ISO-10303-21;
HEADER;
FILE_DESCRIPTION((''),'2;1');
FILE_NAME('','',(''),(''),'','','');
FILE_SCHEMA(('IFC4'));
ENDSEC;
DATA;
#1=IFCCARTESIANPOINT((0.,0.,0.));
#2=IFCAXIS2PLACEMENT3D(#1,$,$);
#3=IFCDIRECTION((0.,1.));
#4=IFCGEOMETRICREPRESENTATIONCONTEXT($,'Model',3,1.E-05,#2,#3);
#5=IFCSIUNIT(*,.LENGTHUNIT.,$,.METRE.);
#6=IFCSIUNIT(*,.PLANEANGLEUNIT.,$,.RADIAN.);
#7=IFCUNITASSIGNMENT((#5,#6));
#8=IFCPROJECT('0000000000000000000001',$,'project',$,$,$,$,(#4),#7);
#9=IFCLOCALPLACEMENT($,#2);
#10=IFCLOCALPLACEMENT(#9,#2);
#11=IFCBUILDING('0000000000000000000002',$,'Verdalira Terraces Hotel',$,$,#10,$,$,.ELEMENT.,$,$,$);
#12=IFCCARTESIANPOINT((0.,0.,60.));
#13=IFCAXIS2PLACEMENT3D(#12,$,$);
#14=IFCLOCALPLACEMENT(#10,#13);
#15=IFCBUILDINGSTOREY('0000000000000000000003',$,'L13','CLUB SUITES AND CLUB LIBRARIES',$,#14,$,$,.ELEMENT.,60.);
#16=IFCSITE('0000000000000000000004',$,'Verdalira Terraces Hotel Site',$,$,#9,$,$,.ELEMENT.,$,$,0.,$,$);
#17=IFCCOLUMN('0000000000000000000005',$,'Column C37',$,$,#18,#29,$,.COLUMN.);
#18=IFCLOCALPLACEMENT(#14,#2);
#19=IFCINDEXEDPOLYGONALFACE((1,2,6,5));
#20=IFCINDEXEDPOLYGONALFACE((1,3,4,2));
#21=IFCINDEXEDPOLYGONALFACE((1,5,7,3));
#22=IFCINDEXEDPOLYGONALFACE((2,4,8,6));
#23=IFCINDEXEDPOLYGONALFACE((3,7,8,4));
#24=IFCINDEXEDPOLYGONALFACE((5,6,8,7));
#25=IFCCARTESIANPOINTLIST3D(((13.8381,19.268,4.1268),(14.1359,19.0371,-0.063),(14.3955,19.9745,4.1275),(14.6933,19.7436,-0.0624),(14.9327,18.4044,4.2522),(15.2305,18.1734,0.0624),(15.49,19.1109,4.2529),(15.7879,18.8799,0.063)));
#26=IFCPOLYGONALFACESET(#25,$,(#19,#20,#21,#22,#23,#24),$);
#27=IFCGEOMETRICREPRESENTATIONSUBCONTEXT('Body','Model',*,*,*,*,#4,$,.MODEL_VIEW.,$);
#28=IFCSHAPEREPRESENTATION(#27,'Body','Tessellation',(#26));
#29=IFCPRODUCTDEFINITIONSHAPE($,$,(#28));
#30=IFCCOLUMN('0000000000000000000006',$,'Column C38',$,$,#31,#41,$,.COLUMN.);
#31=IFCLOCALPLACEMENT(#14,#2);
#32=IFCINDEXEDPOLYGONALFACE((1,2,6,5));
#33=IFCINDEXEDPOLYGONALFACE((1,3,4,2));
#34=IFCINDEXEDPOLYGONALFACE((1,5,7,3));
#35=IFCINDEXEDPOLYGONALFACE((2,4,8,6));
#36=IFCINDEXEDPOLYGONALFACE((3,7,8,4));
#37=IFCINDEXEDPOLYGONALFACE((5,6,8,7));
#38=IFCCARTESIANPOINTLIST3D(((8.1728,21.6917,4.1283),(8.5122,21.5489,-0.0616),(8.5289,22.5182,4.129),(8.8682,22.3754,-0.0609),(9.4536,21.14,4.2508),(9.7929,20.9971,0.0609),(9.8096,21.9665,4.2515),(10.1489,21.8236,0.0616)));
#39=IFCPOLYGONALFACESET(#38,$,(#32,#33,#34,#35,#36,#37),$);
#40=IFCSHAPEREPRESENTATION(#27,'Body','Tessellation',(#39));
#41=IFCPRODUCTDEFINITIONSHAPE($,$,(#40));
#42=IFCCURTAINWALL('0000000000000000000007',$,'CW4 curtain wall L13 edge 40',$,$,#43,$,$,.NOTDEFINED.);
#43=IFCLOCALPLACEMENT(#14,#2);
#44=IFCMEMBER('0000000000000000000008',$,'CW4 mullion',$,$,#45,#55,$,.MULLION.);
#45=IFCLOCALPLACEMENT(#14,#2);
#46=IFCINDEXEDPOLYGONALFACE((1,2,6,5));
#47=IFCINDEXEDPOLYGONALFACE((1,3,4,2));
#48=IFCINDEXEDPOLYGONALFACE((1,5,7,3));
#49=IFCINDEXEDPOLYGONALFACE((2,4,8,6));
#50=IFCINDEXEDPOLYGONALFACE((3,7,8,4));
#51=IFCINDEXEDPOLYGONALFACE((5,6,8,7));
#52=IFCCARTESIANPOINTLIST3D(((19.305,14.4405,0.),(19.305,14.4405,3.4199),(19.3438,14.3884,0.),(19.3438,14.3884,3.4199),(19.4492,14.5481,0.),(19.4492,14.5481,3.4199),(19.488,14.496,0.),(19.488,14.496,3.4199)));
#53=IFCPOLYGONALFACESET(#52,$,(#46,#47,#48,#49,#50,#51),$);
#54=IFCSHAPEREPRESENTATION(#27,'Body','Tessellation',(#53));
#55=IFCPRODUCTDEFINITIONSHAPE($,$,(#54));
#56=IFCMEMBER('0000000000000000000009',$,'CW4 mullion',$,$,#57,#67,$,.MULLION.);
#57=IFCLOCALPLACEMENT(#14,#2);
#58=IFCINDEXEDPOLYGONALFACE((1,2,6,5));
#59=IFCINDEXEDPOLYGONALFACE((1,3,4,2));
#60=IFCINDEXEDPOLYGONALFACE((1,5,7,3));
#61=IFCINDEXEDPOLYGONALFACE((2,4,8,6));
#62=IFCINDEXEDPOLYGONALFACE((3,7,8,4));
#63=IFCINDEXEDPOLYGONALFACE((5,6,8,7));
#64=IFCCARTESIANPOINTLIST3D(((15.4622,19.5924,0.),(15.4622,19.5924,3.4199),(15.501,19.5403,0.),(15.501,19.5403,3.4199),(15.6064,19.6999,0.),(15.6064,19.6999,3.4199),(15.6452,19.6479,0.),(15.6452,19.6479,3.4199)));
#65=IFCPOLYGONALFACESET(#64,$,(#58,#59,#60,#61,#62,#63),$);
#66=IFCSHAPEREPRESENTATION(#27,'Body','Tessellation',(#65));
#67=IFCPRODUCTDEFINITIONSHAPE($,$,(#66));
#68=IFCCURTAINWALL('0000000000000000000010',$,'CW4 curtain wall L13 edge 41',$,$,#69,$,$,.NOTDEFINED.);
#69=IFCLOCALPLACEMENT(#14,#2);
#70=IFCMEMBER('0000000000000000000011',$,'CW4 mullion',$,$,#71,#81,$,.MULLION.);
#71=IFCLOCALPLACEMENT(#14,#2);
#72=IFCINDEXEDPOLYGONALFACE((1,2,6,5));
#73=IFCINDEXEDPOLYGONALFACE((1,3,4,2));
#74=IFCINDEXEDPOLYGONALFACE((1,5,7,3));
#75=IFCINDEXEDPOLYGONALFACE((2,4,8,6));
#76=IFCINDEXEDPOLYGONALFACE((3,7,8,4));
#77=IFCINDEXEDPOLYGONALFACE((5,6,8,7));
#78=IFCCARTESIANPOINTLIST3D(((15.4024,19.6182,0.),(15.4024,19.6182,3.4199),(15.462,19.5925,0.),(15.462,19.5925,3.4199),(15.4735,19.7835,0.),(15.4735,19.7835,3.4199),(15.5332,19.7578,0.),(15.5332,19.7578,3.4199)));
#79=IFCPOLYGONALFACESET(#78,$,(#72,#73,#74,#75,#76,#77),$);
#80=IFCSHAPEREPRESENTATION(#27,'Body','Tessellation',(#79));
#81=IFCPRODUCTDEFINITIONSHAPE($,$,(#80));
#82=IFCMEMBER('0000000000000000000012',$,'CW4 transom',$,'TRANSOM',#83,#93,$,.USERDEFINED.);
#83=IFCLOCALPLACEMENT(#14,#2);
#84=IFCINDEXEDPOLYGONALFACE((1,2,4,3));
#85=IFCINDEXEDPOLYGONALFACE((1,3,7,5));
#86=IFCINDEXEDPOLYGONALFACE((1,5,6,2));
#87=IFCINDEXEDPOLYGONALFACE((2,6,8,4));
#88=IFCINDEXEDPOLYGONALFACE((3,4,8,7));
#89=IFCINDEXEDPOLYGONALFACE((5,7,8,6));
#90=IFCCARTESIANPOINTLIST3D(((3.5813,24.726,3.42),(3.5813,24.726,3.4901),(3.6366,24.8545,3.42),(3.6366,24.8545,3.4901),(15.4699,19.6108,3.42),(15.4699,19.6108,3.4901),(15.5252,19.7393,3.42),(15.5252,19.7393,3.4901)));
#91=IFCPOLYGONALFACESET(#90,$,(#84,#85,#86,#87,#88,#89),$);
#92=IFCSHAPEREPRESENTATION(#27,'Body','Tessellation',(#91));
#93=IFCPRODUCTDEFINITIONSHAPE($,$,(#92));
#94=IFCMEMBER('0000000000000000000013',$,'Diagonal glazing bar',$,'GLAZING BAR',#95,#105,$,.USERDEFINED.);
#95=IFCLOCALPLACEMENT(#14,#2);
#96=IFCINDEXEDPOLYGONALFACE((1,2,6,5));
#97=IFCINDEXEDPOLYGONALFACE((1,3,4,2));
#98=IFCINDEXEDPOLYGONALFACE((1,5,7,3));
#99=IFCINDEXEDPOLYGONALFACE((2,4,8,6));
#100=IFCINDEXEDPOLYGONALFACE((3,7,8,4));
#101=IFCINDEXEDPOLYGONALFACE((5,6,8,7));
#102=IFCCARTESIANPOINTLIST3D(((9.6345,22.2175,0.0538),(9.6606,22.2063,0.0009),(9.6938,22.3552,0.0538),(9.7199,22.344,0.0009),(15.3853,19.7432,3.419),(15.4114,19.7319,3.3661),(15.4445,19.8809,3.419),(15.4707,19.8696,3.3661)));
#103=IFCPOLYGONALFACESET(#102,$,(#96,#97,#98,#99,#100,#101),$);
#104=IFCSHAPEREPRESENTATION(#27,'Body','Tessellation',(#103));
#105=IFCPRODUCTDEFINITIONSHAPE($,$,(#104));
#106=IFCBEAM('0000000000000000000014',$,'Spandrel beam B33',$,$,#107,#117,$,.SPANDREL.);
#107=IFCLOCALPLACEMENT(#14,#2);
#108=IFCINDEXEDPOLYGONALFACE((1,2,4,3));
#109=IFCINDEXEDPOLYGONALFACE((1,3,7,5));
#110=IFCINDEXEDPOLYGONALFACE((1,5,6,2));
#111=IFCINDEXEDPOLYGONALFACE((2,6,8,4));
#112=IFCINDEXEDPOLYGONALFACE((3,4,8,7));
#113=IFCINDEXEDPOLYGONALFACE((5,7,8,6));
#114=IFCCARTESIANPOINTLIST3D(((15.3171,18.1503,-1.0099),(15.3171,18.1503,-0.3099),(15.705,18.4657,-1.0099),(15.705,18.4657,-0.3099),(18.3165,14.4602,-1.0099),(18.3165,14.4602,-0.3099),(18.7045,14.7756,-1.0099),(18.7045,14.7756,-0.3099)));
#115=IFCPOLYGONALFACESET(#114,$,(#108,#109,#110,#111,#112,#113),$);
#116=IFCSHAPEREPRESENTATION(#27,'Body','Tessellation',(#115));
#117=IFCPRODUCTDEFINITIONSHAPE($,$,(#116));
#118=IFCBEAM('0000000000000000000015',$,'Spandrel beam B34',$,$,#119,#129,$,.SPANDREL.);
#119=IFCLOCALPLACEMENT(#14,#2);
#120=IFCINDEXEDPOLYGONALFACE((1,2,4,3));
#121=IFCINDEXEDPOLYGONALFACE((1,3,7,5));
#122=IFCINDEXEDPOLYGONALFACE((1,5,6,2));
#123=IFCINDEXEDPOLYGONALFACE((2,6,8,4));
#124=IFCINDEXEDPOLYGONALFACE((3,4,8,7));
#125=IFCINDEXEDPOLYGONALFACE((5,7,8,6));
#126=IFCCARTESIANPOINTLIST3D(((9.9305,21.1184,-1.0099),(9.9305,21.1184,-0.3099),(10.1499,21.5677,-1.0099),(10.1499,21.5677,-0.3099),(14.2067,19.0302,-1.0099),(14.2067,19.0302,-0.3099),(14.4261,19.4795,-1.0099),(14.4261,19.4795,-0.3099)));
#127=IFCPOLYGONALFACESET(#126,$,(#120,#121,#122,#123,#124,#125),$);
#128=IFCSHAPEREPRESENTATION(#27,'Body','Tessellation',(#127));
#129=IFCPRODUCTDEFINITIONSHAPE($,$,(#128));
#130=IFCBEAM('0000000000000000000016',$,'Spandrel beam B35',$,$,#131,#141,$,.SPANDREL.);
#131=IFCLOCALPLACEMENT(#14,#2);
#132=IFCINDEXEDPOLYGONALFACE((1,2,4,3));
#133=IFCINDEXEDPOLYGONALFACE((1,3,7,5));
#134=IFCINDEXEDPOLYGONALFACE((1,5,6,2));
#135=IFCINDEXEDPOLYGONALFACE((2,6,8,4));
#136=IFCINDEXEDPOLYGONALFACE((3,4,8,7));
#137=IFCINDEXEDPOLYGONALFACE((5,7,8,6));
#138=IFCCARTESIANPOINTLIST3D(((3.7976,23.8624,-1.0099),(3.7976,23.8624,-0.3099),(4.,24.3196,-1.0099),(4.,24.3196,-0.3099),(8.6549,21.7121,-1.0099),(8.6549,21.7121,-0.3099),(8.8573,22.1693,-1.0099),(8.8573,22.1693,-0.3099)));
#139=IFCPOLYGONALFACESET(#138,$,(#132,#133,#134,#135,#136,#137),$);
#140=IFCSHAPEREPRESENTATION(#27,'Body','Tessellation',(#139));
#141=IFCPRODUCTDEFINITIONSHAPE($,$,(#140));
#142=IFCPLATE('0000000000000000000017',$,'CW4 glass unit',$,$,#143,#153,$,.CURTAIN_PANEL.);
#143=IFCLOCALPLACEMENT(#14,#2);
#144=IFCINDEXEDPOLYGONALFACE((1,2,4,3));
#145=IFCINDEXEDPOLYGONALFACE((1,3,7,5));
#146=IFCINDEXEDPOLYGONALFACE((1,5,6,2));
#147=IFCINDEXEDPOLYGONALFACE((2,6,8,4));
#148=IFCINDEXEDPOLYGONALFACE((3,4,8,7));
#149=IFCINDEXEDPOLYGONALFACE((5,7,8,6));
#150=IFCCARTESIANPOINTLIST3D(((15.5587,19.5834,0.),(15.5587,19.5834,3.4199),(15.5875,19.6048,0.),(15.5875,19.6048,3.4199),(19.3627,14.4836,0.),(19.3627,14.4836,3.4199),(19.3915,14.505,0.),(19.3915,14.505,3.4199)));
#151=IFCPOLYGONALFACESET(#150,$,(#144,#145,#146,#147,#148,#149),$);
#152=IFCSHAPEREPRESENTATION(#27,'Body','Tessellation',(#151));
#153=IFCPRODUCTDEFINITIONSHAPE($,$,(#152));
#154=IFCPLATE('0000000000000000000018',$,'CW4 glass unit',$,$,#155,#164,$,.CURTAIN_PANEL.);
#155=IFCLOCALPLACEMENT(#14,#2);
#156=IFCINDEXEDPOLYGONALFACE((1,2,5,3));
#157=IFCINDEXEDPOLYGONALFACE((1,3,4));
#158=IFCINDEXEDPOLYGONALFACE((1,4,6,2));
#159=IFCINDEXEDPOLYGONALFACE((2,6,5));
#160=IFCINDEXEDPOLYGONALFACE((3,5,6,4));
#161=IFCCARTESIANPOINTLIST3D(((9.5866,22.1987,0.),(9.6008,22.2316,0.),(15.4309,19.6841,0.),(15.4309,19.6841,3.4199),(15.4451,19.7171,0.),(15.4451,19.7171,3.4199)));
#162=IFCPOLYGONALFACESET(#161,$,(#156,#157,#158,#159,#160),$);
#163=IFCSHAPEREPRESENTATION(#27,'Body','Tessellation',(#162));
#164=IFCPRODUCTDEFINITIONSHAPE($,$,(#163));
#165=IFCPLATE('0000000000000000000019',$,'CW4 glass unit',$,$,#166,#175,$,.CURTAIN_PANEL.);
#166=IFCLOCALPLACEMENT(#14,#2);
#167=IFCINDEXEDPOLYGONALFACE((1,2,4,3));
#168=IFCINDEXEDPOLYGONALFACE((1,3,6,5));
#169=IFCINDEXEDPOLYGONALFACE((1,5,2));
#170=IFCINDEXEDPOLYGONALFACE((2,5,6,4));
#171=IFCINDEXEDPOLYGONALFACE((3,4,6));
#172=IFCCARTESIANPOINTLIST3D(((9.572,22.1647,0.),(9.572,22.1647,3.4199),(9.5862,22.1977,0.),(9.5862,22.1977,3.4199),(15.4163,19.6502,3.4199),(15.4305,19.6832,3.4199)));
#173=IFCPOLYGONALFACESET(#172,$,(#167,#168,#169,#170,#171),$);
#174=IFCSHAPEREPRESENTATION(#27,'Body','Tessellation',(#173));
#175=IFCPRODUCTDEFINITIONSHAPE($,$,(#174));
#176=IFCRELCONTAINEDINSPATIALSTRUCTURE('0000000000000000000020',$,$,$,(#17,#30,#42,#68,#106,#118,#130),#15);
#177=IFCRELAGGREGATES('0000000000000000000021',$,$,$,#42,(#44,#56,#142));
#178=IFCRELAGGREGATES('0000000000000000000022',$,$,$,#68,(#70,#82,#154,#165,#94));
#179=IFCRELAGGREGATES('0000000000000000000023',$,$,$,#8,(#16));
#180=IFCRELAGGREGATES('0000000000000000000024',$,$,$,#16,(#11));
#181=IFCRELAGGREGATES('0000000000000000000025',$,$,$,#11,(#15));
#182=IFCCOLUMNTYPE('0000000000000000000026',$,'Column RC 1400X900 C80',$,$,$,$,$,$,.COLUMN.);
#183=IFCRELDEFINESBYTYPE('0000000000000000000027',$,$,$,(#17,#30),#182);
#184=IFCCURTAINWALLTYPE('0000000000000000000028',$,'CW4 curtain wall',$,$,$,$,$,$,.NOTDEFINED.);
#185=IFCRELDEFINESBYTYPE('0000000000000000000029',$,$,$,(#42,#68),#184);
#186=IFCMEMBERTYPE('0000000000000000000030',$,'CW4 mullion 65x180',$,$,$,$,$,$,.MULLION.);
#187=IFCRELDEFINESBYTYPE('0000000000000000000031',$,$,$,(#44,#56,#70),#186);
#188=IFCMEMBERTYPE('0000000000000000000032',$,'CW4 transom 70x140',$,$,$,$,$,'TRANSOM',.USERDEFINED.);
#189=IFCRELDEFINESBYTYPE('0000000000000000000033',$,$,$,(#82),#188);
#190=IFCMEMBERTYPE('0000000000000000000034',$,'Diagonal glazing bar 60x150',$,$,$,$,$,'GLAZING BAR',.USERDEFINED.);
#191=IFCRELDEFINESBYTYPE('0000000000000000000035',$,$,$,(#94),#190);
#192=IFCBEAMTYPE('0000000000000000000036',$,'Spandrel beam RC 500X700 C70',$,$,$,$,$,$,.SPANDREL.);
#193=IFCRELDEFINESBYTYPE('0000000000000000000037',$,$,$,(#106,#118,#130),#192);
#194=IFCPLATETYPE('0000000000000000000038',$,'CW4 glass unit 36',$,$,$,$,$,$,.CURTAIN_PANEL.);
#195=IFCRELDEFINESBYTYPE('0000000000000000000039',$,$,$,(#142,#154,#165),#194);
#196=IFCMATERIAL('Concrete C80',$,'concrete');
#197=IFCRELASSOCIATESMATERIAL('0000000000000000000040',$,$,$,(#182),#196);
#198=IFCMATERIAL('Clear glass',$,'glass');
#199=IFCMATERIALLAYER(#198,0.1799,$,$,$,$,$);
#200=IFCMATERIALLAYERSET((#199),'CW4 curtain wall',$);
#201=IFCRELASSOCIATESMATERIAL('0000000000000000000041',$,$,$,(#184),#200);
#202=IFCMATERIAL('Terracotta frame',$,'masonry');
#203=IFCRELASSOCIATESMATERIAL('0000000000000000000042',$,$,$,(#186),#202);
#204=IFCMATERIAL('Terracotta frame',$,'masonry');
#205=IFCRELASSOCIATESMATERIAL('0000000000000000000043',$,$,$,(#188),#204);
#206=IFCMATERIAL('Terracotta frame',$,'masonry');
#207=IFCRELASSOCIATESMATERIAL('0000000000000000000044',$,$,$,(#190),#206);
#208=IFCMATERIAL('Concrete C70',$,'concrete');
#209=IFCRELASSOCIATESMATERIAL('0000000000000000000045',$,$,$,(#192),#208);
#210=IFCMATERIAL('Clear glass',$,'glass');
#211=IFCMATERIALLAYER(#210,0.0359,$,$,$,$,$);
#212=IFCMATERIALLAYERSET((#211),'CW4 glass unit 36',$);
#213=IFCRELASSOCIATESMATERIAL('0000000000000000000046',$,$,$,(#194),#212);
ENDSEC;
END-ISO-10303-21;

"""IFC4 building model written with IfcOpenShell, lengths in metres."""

from ifc_helpers import new_model, si_unit, direction, frame, origin, origin_2d, place, context, subcontext, project, spatial, polyline, rectangle, outline, extrude, material, layer, layer_set, material_profile, profile_set, type_object, element, aggregate, save


model = new_model("IFC4")

# Units and contexts
model_context = context("Model", 3, precision=1e-05, world=origin(), true_north=direction((0.0, 1.0)))
body_context = subcontext(model_context, "Body", "Model", "MODEL_VIEW")
ifc_project = project(units=[si_unit("LENGTHUNIT", "METRE"), si_unit("PLANEANGLEUNIT", "RADIAN")], contexts=[model_context])

# Site, building, storey
site_placement = place(None, origin())
site = spatial("IfcSite", under=ifc_project, at=site_placement, Name="Verdalira Terraces Hotel Site", CompositionType="ELEMENT", RefElevation=0.0)
building_placement = place(site_placement, origin())
building = spatial("IfcBuilding", under=site, at=building_placement, Name="Verdalira Terraces Hotel", CompositionType="ELEMENT")
storey_placement = place(building_placement, frame((0.0, 0.0, 60.0)))
storey = spatial("IfcBuildingStorey", under=building, at=storey_placement, Name="L13", Description="CLUB SUITES AND CLUB LIBRARIES", CompositionType="ELEMENT", Elevation=60.0)

# Columns
ifc_material_1 = material(Name="Concrete C80", Category="concrete")
ifc_material_profile_1 = material_profile(ifc_material_1, rectangle(XDim=1.3999, YDim=0.8999, at=origin_2d()), Name="RC 1400X900")
ifc_profile_set_1 = profile_set([ifc_material_profile_1], Name="Concrete C80")
column_type = type_object("IfcColumnType", Name="Column RC 1400X900 C80", PredefinedType="COLUMN", material=ifc_profile_set_1)
column_1_placement = place(storey_placement, frame((14.9619, 18.9585, 0.0), z_axis=(-0.070801, 0.0549, 0.995978), x_axis=(0.781899, -0.616935, 0.08959)))
element("IfcColumn", 1, at=column_1_placement, inside=storey, type_object=column_type, Name="Column C37", PredefinedType="COLUMN", context=body_context, shape_type="SweptSolid", body=[
    extrude(rectangle(XDim=1.3999, YDim=0.8999, at=origin_2d()), origin(), (0.0, 0.0, 1.0), 4.2068),
])
column_2_placement = place(storey_placement, frame((9.3306, 21.6863, 0.0), z_axis=(-0.080682, 0.033956, 0.996161), x_axis=(-0.914865, 0.394158, -0.087533)))
element("IfcColumn", 2, at=column_2_placement, inside=storey, type_object=column_type, Name="Column C38", PredefinedType="COLUMN", context=body_context, shape_type="SweptSolid", body=[
    extrude(rectangle(XDim=1.3999, YDim=0.8999, at=origin_2d()), origin(), (0.0, 0.0, 1.0), 4.2061),
])

# Curtain walls, members
ifc_material_2 = material(Name="Clear glass", Category="glass")
ifc_layer_1 = layer(ifc_material_2, 0.1799)
ifc_layer_set_1 = layer_set([ifc_layer_1], Name="CW4 curtain wall")
curtain_wall_type = type_object("IfcCurtainWallType", Name="CW4 curtain wall", PredefinedType="NOTDEFINED", material=ifc_layer_set_1)
curtain_wall_1_placement = place(storey_placement, origin())
curtain_wall_1 = element("IfcCurtainWall", 3, at=curtain_wall_1_placement, inside=storey, type_object=curtain_wall_type, Name="CW4 curtain wall L13 edge 40", PredefinedType="NOTDEFINED")
ifc_material_3 = material(Name="Terracotta frame", Category="masonry")
ifc_material_profile_2 = material_profile(ifc_material_3, rectangle(XDim=0.0649, YDim=0.1799, at=origin_2d()), Name="MU 65x180")
ifc_profile_set_2 = profile_set([ifc_material_profile_2], Name="Terracotta frame")
member_type_1 = type_object("IfcMemberType", Name="CW4 mullion 65x180", PredefinedType="MULLION", material=ifc_profile_set_2)
member_1_placement = place(storey_placement, frame((19.3965, 14.4683, 0.0), z_axis=(0.0, 0.0, 1.0), x_axis=(-0.597905, 0.801567, 0.0)))
member_1 = element("IfcMember", 4, at=member_1_placement, type_object=member_type_1, Name="CW4 mullion", PredefinedType="MULLION", context=body_context, shape_type="SweptSolid", body=[
    extrude(rectangle(XDim=0.0649, YDim=0.1799, at=origin_2d()), origin(), (0.0, 0.0, 1.0), 3.4199),
])
member_2_placement = place(storey_placement, frame((15.5537, 19.6201, 0.0), z_axis=(0.0, 0.0, 1.0), x_axis=(-0.597905, 0.801567, 0.0)))
member_2 = element("IfcMember", 5, at=member_2_placement, type_object=member_type_1, Name="CW4 mullion", PredefinedType="MULLION", context=body_context, shape_type="SweptSolid", body=[
    extrude(rectangle(XDim=0.0649, YDim=0.1799, at=origin_2d()), origin(), (0.0, 0.0, 1.0), 3.4199),
])
curtain_wall_2_placement = place(storey_placement, origin())
curtain_wall_2 = element("IfcCurtainWall", 6, at=curtain_wall_2_placement, inside=storey, type_object=curtain_wall_type, Name="CW4 curtain wall L13 edge 41", PredefinedType="NOTDEFINED")
member_3_placement = place(storey_placement, frame((15.4678, 19.688, 0.0), z_axis=(0.0, 0.0, 1.0), x_axis=(-0.918584, 0.395225, 0.0)))
member_3 = element("IfcMember", 7, at=member_3_placement, type_object=member_type_1, Name="CW4 mullion", PredefinedType="MULLION", context=body_context, shape_type="SweptSolid", body=[
    extrude(rectangle(XDim=0.0649, YDim=0.1799, at=origin_2d()), origin(), (0.0, 0.0, 1.0), 3.4199),
])
ifc_material_4 = material(Name="Terracotta frame", Category="masonry")
ifc_material_profile_3 = material_profile(ifc_material_4, rectangle(XDim=0.1399, YDim=0.0701, at=origin_2d()), Name="TR 70x140")
ifc_profile_set_3 = profile_set([ifc_material_profile_3], Name="Terracotta frame")
member_type_2 = type_object("IfcMemberType", Name="CW4 transom 70x140", ElementType="TRANSOM", PredefinedType="USERDEFINED", material=ifc_profile_set_3)
member_4_placement = place(storey_placement, frame((15.4976, 19.675, 3.4551), z_axis=(-0.918582, 0.39523, 0.0), x_axis=(-0.39523, -0.918582, 0.0)))
member_4 = element("IfcMember", 8, at=member_4_placement, type_object=member_type_2, Name="CW4 transom", ObjectType="TRANSOM", PredefinedType="USERDEFINED", context=body_context, shape_type="SweptSolid", body=[
    extrude(rectangle(XDim=0.1399, YDim=0.0701, at=origin_2d()), origin(), (0.0, 0.0, 1.0), 12.9424),
])
ifc_material_5 = material(Name="Terracotta frame", Category="masonry")
ifc_material_profile_4 = material_profile(ifc_material_5, rectangle(XDim=0.1499, YDim=0.0601, at=origin_2d()), Name="GB 60x150")
ifc_profile_set_4 = profile_set([ifc_material_profile_4], Name="Terracotta frame")
member_type_3 = type_object("IfcMemberType", Name="Diagonal glazing bar 60x150", ElementType="GLAZING BAR", PredefinedType="USERDEFINED", material=ifc_profile_set_4)
member_5_placement = place(storey_placement, frame((15.428, 19.8064, 3.3926), z_axis=(-0.809094, 0.348129, -0.473469), x_axis=(-0.395237, -0.918579, 0.0)))
member_5 = element("IfcMember", 9, at=member_5_placement, type_object=member_type_3, Name="Diagonal glazing bar", ObjectType="GLAZING BAR", PredefinedType="USERDEFINED", context=body_context, shape_type="SweptSolid", body=[
    extrude(rectangle(XDim=0.1499, YDim=0.0601, at=origin_2d()), origin(), (0.0, 0.0, 1.0), 7.1077),
])

# Beams
ifc_material_6 = material(Name="Concrete C70", Category="concrete")
ifc_material_profile_5 = material_profile(ifc_material_6, rectangle(XDim=0.5, YDim=0.7, at=origin_2d()), Name="RC 500X700")
ifc_profile_set_5 = profile_set([ifc_material_profile_5], Name="Concrete C70")
beam_type = type_object("IfcBeamType", Name="Spandrel beam RC 500X700 C70", PredefinedType="SPANDREL", material=ifc_profile_set_5)
beam_1_placement = place(storey_placement, frame((18.5105, 14.6179, -0.6599), z_axis=(-0.630749, 0.775987, 0.0), x_axis=(-0.775987, -0.630749, 0.0)))
element("IfcBeam", 10, at=beam_1_placement, inside=storey, type_object=beam_type, Name="Spandrel beam B33", PredefinedType="SPANDREL", context=body_context, shape_type="SweptSolid", body=[
    extrude(rectangle(XDim=0.5, YDim=0.7, at=origin_2d()), origin(), (0.0, 0.0, 1.0), 4.7554),
])
beam_2_placement = place(storey_placement, frame((14.3164, 19.2549, -0.6599), z_axis=(-0.898584, 0.438801, 0.0), x_axis=(-0.438801, -0.898584, 0.0)))
element("IfcBeam", 11, at=beam_2_placement, inside=storey, type_object=beam_type, Name="Spandrel beam B34", PredefinedType="SPANDREL", context=body_context, shape_type="SweptSolid", body=[
    extrude(rectangle(XDim=0.5, YDim=0.7, at=origin_2d()), origin(), (0.0, 0.0, 1.0), 4.7588),
])
beam_3_placement = place(storey_placement, frame((8.7561, 21.9407, -0.6599), z_axis=(-0.914402, 0.404808, 0.0), x_axis=(-0.404808, -0.914402, 0.0)))
element("IfcBeam", 12, at=beam_3_placement, inside=storey, type_object=beam_type, Name="Spandrel beam B35", PredefinedType="SPANDREL", context=body_context, shape_type="SweptSolid", body=[
    extrude(rectangle(XDim=0.5, YDim=0.7, at=origin_2d()), origin(), (0.0, 0.0, 1.0), 5.312),
])

# Plates
ifc_material_7 = material(Name="Clear glass", Category="glass")
ifc_layer_2 = layer(ifc_material_7, 0.0359)
ifc_layer_set_2 = layer_set([ifc_layer_2], Name="CW4 glass unit 36")
plate_type = type_object("IfcPlateType", Name="CW4 glass unit 36", PredefinedType="CURTAIN_PANEL", material=ifc_layer_set_2)
plate_1_placement = place(storey_placement, frame((17.4751, 17.0442, 0.0), z_axis=(0.0, 0.0, 1.0), x_axis=(-0.597905, 0.801567, 0.0)))
plate_1 = element("IfcPlate", 13, at=plate_1_placement, type_object=plate_type, Name="CW4 glass unit", PredefinedType="CURTAIN_PANEL", context=body_context, shape_type="SweptSolid", body=[
    extrude(rectangle(XDim=6.3623, YDim=0.0359, at=origin_2d()), origin(), (0.0, 0.0, 1.0), 3.4199),
])
aggregate(curtain_wall_1, [member_1, member_2, plate_1])
plate_2_placement = place(storey_placement, frame((12.5088, 20.9414, 1.71), z_axis=(0.395225, 0.918584, 0.0), x_axis=(-0.918584, 0.395225, 0.0)))
plate_2 = element("IfcPlate", 14, at=plate_2_placement, type_object=plate_type, Name="CW4 glass unit", PredefinedType="CURTAIN_PANEL", context=body_context, shape_type="SweptSolid", body=[
    extrude(outline(polyline([(-3.1812, -1.71), (3.1812, -1.71), (-3.1812, 1.71), (-3.1812, -1.71)])), origin(), (0.0, 0.0, 1.0), 0.0359),
])
plate_3_placement = place(storey_placement, frame((12.4941, 20.9075, 1.71), z_axis=(0.395225, 0.918584, 0.0), x_axis=(-0.918584, 0.395225, 0.0)))
plate_3 = element("IfcPlate", 15, at=plate_3_placement, type_object=plate_type, Name="CW4 glass unit", PredefinedType="CURTAIN_PANEL", context=body_context, shape_type="SweptSolid", body=[
    extrude(outline(polyline([(3.1812, -1.71), (3.1812, 1.71), (-3.1812, 1.71), (3.1812, -1.71)])), origin(), (0.0, 0.0, 1.0), 0.0359),
])
aggregate(curtain_wall_2, [member_3, member_4, plate_2, plate_3, member_5])

save(model, "model.ifc")
